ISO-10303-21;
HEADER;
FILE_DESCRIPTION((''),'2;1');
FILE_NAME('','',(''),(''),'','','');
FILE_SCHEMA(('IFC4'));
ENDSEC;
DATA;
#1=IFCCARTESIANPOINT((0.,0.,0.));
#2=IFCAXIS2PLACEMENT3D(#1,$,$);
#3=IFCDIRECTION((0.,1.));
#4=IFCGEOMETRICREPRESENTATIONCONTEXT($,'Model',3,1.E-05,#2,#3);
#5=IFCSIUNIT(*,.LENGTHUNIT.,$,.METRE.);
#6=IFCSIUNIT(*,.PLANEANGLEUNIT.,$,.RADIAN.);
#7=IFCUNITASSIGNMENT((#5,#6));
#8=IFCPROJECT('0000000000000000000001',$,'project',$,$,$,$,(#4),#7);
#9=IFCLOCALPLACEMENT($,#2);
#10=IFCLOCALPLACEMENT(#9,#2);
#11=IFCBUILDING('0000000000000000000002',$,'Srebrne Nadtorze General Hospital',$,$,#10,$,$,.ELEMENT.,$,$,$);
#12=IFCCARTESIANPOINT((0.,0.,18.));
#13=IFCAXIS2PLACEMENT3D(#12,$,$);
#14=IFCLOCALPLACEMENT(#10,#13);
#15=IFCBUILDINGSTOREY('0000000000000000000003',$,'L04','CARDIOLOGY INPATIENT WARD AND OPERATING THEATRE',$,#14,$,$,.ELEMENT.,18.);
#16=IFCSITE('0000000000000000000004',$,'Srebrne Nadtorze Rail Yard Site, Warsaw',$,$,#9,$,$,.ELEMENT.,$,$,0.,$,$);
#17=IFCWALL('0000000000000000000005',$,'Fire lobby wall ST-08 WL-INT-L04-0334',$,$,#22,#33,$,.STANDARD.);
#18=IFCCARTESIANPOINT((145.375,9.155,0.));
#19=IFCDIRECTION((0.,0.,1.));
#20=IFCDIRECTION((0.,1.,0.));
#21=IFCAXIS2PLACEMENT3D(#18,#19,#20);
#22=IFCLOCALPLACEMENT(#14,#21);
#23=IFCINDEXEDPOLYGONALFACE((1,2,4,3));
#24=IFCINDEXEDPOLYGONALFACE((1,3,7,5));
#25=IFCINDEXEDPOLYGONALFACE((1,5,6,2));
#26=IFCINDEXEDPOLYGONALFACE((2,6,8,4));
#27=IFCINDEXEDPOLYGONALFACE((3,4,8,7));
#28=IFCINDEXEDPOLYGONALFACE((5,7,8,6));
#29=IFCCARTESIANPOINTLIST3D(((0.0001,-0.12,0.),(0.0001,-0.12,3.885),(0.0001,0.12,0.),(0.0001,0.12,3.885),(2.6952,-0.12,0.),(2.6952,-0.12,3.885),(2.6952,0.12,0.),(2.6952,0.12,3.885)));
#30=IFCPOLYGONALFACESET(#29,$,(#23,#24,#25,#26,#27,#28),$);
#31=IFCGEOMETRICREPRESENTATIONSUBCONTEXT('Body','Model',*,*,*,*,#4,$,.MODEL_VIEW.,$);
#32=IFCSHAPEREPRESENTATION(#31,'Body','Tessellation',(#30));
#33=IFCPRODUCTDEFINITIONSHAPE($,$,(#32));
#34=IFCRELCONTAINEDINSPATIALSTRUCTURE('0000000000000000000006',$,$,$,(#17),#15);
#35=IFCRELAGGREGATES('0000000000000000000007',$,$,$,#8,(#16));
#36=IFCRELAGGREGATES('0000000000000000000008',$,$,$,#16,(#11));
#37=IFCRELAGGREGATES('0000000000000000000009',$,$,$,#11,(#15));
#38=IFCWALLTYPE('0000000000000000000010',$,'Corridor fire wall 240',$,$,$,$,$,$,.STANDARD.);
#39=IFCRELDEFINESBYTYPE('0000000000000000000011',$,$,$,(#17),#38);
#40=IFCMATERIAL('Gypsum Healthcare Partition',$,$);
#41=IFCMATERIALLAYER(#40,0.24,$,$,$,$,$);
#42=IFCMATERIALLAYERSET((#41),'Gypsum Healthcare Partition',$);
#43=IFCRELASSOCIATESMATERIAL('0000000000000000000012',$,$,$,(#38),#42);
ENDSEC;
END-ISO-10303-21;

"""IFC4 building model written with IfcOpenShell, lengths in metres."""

from ifc_helpers import new_model, si_unit, direction, frame, frame_2d, origin, place, context, subcontext, project, spatial, rectangle, extrude, material, layer, layer_set, type_object, element, save


model = new_model("IFC4")

# Units and contexts
model_context = context("Model", 3, precision=1e-05, world=origin(), true_north=direction((0.0, 1.0)))
body_context = subcontext(model_context, "Body", "Model", "MODEL_VIEW")
ifc_project = project(units=[si_unit("LENGTHUNIT", "METRE"), si_unit("PLANEANGLEUNIT", "RADIAN")], contexts=[model_context])

# Site, building, storey
site_placement = place(None, origin())
site = spatial("IfcSite", under=ifc_project, at=site_placement, Name="Srebrne Nadtorze Rail Yard Site, Warsaw", CompositionType="ELEMENT", RefElevation=0.0)
building_placement = place(site_placement, origin())
building = spatial("IfcBuilding", under=site, at=building_placement, Name="Srebrne Nadtorze General Hospital", CompositionType="ELEMENT")
storey_placement = place(building_placement, frame((0.0, 0.0, 18.0)))
storey = spatial("IfcBuildingStorey", under=building, at=storey_placement, Name="L04", Description="CARDIOLOGY INPATIENT WARD AND OPERATING THEATRE", CompositionType="ELEMENT", Elevation=18.0)

# Wall
ifc_material_1 = material(Name="Gypsum Healthcare Partition")
ifc_layer_1 = layer(ifc_material_1, 0.24)
ifc_layer_set_1 = layer_set([ifc_layer_1], Name="Gypsum Healthcare Partition")
wall_type_1 = type_object("IfcWallType", Name="Corridor fire wall 240", PredefinedType="STANDARD", material=ifc_layer_set_1)
wall_1_placement = place(storey_placement, frame((145.375, 9.155, 0.0), z_axis=(0.0, 0.0, 1.0), x_axis=(0.0, 1.0, 0.0)))
element("IfcWall", 1, at=wall_1_placement, inside=storey, type_object=wall_type_1, Name="Fire lobby wall ST-08 WL-INT-L04-0334", PredefinedType="STANDARD", context=body_context, shape_type="SweptSolid", body=[
    extrude(rectangle(XDim=2.6951, YDim=0.24, at=frame_2d((1.3477, 0.0))), origin(), (0.0, 0.0, 1.0), 3.885),
])

save(model, "model.ifc")
